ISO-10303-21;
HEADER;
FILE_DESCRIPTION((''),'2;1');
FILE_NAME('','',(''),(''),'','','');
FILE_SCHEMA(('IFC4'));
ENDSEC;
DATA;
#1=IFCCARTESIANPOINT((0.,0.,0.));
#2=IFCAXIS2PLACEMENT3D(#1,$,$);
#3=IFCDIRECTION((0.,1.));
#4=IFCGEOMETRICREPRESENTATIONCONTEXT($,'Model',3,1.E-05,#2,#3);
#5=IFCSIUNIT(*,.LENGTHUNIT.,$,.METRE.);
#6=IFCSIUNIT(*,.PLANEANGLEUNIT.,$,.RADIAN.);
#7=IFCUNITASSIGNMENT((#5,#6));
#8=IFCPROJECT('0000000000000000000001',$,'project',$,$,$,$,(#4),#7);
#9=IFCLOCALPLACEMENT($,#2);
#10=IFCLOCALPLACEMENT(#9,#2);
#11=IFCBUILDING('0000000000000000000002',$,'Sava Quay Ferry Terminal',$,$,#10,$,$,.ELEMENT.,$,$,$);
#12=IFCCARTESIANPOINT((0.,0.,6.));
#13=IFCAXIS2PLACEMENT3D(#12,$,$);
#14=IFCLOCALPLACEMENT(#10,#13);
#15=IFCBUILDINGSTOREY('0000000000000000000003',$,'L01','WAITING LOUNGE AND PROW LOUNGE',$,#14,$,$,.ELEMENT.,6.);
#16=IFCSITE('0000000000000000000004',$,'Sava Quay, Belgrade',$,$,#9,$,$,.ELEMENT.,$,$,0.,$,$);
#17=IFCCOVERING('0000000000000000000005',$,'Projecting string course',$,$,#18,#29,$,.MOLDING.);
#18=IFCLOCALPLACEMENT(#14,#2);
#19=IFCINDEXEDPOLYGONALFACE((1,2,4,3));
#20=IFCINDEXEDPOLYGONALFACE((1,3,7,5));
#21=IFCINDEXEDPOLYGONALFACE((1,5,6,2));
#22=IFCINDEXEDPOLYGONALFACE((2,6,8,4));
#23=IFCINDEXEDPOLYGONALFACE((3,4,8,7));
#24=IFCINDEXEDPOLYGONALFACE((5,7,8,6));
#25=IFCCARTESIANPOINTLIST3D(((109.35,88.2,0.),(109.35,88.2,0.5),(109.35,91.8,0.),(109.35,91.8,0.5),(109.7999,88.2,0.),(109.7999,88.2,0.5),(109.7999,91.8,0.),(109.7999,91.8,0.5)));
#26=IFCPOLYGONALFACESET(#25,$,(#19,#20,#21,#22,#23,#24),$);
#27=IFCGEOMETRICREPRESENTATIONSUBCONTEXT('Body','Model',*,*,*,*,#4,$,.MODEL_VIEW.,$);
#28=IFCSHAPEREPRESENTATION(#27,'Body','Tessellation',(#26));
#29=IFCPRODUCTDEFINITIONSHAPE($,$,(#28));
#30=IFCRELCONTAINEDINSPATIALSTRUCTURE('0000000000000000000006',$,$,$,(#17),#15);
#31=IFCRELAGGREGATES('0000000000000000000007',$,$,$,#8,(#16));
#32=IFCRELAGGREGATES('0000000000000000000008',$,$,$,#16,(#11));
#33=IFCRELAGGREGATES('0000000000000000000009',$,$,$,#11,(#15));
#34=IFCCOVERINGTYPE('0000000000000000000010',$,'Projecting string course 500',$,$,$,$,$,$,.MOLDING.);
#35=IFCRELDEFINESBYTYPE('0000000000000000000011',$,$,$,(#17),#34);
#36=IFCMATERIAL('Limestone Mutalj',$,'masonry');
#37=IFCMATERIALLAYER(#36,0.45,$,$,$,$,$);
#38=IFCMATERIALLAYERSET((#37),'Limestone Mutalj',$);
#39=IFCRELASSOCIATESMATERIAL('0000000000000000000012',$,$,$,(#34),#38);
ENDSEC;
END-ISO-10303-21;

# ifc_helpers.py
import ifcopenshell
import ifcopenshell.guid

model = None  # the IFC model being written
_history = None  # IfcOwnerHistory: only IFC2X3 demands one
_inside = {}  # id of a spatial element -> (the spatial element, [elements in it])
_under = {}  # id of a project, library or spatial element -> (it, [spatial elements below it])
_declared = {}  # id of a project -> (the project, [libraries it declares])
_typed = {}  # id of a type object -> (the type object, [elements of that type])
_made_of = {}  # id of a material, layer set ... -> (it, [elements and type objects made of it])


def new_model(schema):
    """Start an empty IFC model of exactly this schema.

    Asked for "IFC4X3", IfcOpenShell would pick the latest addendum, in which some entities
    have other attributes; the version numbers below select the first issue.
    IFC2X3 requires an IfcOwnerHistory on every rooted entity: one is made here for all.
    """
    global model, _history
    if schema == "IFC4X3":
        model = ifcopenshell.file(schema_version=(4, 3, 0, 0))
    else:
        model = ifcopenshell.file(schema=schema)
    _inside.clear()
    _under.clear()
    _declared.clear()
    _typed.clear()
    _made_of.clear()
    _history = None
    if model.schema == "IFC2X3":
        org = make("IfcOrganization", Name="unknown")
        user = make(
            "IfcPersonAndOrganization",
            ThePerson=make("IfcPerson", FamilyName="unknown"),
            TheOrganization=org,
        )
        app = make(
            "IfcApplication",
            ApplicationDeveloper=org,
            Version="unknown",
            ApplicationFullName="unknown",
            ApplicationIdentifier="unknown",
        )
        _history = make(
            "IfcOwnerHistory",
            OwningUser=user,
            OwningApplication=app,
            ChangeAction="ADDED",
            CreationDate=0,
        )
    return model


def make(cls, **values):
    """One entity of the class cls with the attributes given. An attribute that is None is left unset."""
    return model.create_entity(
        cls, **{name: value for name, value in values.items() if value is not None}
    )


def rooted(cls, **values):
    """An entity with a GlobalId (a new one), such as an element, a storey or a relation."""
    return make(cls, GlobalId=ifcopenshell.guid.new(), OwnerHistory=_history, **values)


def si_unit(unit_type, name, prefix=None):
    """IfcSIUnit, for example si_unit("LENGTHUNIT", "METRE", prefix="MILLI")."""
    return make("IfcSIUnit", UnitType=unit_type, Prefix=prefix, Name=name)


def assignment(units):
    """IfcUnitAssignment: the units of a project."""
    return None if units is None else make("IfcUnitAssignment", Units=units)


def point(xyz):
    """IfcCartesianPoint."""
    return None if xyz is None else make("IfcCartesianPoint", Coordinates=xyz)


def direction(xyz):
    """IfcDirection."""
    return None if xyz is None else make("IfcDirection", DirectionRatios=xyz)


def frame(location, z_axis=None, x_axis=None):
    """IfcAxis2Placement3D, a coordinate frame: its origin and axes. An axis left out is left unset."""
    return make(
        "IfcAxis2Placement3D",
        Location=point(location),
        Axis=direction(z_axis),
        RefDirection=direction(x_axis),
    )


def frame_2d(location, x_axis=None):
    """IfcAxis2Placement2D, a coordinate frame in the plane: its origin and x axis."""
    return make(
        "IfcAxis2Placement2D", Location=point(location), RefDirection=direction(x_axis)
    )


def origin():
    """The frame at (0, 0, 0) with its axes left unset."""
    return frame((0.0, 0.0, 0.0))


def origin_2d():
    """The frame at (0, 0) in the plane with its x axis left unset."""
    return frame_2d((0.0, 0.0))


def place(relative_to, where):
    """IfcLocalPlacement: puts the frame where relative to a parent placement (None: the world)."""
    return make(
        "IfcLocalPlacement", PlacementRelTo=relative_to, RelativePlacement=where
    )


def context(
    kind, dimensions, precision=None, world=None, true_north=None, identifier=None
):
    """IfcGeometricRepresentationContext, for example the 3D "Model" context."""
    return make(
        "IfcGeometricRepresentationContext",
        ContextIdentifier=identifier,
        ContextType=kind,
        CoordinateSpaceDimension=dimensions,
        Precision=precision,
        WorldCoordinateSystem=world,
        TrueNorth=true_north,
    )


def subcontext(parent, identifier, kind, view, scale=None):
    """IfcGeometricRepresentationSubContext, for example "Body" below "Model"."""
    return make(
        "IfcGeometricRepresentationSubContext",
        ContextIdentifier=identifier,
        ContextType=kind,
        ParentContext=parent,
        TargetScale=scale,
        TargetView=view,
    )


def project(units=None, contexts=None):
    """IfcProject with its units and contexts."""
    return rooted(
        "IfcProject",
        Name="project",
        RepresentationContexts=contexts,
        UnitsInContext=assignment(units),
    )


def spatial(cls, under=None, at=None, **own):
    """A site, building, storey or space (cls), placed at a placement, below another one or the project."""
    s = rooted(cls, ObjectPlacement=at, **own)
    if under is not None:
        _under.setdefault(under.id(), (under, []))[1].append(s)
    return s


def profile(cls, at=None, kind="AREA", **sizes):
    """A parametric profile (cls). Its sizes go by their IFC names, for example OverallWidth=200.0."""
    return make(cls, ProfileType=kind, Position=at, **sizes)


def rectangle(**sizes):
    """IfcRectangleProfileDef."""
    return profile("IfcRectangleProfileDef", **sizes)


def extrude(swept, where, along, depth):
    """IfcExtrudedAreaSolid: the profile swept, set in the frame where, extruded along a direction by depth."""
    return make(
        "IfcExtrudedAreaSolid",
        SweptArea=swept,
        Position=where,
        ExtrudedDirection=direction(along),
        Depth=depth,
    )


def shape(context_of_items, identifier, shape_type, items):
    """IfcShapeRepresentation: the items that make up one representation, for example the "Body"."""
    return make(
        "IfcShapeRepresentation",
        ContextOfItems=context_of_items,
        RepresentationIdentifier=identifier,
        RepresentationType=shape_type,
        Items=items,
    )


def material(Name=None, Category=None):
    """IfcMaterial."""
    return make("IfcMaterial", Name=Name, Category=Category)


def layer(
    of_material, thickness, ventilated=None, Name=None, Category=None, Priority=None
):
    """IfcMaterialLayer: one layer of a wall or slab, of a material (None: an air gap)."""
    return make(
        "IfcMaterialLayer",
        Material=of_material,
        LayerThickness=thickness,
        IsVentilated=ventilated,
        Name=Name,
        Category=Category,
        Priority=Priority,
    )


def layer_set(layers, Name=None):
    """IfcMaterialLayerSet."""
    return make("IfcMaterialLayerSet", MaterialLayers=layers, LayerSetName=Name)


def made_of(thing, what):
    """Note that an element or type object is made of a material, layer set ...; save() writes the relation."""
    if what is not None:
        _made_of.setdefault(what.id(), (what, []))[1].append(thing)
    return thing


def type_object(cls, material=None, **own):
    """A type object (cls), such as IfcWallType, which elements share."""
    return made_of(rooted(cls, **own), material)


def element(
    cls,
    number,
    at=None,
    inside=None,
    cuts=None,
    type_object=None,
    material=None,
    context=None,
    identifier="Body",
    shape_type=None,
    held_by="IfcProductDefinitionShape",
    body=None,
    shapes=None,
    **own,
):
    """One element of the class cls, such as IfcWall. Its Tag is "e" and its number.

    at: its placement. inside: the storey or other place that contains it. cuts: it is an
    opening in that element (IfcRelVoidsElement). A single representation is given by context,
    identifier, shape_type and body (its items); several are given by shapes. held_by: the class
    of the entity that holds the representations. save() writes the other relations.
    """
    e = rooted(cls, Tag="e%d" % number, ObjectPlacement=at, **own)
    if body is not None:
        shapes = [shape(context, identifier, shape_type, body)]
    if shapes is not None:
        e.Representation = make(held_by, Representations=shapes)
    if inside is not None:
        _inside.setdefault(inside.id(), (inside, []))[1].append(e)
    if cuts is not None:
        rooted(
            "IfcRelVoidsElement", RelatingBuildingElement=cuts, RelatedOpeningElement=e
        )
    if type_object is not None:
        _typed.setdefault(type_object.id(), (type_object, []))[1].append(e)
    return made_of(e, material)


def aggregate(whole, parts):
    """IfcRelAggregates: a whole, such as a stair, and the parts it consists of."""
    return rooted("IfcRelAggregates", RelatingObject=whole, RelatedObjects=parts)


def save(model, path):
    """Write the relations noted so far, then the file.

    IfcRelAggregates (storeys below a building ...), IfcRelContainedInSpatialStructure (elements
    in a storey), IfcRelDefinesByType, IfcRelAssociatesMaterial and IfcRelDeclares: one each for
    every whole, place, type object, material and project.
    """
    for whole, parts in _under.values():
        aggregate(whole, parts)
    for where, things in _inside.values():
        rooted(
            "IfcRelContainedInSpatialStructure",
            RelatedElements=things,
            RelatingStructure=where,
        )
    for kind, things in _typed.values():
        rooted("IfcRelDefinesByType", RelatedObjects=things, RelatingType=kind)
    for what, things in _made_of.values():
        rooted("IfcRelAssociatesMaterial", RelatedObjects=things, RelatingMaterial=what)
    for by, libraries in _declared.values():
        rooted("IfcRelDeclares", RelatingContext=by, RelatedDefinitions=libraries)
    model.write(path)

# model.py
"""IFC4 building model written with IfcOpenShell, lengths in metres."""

from ifc_helpers import new_model, si_unit, direction, frame, origin, origin_2d, place, context, subcontext, project, spatial, rectangle, extrude, material, layer, layer_set, type_object, element, save


model = new_model("IFC4")

# Units and contexts
model_context = context("Model", 3, precision=1e-05, world=origin(), true_north=direction((0.0, 1.0)))
body_context = subcontext(model_context, "Body", "Model", "MODEL_VIEW")
ifc_project = project(units=[si_unit("LENGTHUNIT", "METRE"), si_unit("PLANEANGLEUNIT", "RADIAN")], contexts=[model_context])

# Site, building, storey
site_placement = place(None, origin())
site = spatial("IfcSite", under=ifc_project, at=site_placement, Name="Sava Quay, Belgrade", CompositionType="ELEMENT", RefElevation=0.0)
building_placement = place(site_placement, origin())
building = spatial("IfcBuilding", under=site, at=building_placement, Name="Sava Quay Ferry Terminal", CompositionType="ELEMENT")
storey_placement = place(building_placement, frame((0.0, 0.0, 6.0)))
storey = spatial("IfcBuildingStorey", under=building, at=storey_placement, Name="L01", Description="WAITING LOUNGE AND PROW LOUNGE", CompositionType="ELEMENT", Elevation=6.0)

# Covering
ifc_material_1 = material(Name="Limestone Mutalj", Category="masonry")
ifc_layer_1 = layer(ifc_material_1, 0.45)
ifc_layer_set_1 = layer_set([ifc_layer_1], Name="Limestone Mutalj")
covering_type_1 = type_object("IfcCoveringType", Name="Projecting string course 500", PredefinedType="MOLDING", material=ifc_layer_set_1)
for number, where, z_axis, x_axis, name in (
    (1, (109.575, 90.0, 0.0), (0.0, 0.0, 1.0), (1.0, 0.0, 0.0), "Projecting string course"),
):
    element("IfcCovering", number, at=place(storey_placement, frame(where, z_axis=z_axis, x_axis=x_axis)), inside=storey, type_object=covering_type_1, Name=name, PredefinedType="MOLDING", context=body_context, shape_type="SweptSolid", body=[
        extrude(rectangle(XDim=0.45, YDim=3.6001, at=origin_2d()), origin(), (0.0, 0.0, 1.0), 0.5),
    ])

save(model, "model.ifc")
